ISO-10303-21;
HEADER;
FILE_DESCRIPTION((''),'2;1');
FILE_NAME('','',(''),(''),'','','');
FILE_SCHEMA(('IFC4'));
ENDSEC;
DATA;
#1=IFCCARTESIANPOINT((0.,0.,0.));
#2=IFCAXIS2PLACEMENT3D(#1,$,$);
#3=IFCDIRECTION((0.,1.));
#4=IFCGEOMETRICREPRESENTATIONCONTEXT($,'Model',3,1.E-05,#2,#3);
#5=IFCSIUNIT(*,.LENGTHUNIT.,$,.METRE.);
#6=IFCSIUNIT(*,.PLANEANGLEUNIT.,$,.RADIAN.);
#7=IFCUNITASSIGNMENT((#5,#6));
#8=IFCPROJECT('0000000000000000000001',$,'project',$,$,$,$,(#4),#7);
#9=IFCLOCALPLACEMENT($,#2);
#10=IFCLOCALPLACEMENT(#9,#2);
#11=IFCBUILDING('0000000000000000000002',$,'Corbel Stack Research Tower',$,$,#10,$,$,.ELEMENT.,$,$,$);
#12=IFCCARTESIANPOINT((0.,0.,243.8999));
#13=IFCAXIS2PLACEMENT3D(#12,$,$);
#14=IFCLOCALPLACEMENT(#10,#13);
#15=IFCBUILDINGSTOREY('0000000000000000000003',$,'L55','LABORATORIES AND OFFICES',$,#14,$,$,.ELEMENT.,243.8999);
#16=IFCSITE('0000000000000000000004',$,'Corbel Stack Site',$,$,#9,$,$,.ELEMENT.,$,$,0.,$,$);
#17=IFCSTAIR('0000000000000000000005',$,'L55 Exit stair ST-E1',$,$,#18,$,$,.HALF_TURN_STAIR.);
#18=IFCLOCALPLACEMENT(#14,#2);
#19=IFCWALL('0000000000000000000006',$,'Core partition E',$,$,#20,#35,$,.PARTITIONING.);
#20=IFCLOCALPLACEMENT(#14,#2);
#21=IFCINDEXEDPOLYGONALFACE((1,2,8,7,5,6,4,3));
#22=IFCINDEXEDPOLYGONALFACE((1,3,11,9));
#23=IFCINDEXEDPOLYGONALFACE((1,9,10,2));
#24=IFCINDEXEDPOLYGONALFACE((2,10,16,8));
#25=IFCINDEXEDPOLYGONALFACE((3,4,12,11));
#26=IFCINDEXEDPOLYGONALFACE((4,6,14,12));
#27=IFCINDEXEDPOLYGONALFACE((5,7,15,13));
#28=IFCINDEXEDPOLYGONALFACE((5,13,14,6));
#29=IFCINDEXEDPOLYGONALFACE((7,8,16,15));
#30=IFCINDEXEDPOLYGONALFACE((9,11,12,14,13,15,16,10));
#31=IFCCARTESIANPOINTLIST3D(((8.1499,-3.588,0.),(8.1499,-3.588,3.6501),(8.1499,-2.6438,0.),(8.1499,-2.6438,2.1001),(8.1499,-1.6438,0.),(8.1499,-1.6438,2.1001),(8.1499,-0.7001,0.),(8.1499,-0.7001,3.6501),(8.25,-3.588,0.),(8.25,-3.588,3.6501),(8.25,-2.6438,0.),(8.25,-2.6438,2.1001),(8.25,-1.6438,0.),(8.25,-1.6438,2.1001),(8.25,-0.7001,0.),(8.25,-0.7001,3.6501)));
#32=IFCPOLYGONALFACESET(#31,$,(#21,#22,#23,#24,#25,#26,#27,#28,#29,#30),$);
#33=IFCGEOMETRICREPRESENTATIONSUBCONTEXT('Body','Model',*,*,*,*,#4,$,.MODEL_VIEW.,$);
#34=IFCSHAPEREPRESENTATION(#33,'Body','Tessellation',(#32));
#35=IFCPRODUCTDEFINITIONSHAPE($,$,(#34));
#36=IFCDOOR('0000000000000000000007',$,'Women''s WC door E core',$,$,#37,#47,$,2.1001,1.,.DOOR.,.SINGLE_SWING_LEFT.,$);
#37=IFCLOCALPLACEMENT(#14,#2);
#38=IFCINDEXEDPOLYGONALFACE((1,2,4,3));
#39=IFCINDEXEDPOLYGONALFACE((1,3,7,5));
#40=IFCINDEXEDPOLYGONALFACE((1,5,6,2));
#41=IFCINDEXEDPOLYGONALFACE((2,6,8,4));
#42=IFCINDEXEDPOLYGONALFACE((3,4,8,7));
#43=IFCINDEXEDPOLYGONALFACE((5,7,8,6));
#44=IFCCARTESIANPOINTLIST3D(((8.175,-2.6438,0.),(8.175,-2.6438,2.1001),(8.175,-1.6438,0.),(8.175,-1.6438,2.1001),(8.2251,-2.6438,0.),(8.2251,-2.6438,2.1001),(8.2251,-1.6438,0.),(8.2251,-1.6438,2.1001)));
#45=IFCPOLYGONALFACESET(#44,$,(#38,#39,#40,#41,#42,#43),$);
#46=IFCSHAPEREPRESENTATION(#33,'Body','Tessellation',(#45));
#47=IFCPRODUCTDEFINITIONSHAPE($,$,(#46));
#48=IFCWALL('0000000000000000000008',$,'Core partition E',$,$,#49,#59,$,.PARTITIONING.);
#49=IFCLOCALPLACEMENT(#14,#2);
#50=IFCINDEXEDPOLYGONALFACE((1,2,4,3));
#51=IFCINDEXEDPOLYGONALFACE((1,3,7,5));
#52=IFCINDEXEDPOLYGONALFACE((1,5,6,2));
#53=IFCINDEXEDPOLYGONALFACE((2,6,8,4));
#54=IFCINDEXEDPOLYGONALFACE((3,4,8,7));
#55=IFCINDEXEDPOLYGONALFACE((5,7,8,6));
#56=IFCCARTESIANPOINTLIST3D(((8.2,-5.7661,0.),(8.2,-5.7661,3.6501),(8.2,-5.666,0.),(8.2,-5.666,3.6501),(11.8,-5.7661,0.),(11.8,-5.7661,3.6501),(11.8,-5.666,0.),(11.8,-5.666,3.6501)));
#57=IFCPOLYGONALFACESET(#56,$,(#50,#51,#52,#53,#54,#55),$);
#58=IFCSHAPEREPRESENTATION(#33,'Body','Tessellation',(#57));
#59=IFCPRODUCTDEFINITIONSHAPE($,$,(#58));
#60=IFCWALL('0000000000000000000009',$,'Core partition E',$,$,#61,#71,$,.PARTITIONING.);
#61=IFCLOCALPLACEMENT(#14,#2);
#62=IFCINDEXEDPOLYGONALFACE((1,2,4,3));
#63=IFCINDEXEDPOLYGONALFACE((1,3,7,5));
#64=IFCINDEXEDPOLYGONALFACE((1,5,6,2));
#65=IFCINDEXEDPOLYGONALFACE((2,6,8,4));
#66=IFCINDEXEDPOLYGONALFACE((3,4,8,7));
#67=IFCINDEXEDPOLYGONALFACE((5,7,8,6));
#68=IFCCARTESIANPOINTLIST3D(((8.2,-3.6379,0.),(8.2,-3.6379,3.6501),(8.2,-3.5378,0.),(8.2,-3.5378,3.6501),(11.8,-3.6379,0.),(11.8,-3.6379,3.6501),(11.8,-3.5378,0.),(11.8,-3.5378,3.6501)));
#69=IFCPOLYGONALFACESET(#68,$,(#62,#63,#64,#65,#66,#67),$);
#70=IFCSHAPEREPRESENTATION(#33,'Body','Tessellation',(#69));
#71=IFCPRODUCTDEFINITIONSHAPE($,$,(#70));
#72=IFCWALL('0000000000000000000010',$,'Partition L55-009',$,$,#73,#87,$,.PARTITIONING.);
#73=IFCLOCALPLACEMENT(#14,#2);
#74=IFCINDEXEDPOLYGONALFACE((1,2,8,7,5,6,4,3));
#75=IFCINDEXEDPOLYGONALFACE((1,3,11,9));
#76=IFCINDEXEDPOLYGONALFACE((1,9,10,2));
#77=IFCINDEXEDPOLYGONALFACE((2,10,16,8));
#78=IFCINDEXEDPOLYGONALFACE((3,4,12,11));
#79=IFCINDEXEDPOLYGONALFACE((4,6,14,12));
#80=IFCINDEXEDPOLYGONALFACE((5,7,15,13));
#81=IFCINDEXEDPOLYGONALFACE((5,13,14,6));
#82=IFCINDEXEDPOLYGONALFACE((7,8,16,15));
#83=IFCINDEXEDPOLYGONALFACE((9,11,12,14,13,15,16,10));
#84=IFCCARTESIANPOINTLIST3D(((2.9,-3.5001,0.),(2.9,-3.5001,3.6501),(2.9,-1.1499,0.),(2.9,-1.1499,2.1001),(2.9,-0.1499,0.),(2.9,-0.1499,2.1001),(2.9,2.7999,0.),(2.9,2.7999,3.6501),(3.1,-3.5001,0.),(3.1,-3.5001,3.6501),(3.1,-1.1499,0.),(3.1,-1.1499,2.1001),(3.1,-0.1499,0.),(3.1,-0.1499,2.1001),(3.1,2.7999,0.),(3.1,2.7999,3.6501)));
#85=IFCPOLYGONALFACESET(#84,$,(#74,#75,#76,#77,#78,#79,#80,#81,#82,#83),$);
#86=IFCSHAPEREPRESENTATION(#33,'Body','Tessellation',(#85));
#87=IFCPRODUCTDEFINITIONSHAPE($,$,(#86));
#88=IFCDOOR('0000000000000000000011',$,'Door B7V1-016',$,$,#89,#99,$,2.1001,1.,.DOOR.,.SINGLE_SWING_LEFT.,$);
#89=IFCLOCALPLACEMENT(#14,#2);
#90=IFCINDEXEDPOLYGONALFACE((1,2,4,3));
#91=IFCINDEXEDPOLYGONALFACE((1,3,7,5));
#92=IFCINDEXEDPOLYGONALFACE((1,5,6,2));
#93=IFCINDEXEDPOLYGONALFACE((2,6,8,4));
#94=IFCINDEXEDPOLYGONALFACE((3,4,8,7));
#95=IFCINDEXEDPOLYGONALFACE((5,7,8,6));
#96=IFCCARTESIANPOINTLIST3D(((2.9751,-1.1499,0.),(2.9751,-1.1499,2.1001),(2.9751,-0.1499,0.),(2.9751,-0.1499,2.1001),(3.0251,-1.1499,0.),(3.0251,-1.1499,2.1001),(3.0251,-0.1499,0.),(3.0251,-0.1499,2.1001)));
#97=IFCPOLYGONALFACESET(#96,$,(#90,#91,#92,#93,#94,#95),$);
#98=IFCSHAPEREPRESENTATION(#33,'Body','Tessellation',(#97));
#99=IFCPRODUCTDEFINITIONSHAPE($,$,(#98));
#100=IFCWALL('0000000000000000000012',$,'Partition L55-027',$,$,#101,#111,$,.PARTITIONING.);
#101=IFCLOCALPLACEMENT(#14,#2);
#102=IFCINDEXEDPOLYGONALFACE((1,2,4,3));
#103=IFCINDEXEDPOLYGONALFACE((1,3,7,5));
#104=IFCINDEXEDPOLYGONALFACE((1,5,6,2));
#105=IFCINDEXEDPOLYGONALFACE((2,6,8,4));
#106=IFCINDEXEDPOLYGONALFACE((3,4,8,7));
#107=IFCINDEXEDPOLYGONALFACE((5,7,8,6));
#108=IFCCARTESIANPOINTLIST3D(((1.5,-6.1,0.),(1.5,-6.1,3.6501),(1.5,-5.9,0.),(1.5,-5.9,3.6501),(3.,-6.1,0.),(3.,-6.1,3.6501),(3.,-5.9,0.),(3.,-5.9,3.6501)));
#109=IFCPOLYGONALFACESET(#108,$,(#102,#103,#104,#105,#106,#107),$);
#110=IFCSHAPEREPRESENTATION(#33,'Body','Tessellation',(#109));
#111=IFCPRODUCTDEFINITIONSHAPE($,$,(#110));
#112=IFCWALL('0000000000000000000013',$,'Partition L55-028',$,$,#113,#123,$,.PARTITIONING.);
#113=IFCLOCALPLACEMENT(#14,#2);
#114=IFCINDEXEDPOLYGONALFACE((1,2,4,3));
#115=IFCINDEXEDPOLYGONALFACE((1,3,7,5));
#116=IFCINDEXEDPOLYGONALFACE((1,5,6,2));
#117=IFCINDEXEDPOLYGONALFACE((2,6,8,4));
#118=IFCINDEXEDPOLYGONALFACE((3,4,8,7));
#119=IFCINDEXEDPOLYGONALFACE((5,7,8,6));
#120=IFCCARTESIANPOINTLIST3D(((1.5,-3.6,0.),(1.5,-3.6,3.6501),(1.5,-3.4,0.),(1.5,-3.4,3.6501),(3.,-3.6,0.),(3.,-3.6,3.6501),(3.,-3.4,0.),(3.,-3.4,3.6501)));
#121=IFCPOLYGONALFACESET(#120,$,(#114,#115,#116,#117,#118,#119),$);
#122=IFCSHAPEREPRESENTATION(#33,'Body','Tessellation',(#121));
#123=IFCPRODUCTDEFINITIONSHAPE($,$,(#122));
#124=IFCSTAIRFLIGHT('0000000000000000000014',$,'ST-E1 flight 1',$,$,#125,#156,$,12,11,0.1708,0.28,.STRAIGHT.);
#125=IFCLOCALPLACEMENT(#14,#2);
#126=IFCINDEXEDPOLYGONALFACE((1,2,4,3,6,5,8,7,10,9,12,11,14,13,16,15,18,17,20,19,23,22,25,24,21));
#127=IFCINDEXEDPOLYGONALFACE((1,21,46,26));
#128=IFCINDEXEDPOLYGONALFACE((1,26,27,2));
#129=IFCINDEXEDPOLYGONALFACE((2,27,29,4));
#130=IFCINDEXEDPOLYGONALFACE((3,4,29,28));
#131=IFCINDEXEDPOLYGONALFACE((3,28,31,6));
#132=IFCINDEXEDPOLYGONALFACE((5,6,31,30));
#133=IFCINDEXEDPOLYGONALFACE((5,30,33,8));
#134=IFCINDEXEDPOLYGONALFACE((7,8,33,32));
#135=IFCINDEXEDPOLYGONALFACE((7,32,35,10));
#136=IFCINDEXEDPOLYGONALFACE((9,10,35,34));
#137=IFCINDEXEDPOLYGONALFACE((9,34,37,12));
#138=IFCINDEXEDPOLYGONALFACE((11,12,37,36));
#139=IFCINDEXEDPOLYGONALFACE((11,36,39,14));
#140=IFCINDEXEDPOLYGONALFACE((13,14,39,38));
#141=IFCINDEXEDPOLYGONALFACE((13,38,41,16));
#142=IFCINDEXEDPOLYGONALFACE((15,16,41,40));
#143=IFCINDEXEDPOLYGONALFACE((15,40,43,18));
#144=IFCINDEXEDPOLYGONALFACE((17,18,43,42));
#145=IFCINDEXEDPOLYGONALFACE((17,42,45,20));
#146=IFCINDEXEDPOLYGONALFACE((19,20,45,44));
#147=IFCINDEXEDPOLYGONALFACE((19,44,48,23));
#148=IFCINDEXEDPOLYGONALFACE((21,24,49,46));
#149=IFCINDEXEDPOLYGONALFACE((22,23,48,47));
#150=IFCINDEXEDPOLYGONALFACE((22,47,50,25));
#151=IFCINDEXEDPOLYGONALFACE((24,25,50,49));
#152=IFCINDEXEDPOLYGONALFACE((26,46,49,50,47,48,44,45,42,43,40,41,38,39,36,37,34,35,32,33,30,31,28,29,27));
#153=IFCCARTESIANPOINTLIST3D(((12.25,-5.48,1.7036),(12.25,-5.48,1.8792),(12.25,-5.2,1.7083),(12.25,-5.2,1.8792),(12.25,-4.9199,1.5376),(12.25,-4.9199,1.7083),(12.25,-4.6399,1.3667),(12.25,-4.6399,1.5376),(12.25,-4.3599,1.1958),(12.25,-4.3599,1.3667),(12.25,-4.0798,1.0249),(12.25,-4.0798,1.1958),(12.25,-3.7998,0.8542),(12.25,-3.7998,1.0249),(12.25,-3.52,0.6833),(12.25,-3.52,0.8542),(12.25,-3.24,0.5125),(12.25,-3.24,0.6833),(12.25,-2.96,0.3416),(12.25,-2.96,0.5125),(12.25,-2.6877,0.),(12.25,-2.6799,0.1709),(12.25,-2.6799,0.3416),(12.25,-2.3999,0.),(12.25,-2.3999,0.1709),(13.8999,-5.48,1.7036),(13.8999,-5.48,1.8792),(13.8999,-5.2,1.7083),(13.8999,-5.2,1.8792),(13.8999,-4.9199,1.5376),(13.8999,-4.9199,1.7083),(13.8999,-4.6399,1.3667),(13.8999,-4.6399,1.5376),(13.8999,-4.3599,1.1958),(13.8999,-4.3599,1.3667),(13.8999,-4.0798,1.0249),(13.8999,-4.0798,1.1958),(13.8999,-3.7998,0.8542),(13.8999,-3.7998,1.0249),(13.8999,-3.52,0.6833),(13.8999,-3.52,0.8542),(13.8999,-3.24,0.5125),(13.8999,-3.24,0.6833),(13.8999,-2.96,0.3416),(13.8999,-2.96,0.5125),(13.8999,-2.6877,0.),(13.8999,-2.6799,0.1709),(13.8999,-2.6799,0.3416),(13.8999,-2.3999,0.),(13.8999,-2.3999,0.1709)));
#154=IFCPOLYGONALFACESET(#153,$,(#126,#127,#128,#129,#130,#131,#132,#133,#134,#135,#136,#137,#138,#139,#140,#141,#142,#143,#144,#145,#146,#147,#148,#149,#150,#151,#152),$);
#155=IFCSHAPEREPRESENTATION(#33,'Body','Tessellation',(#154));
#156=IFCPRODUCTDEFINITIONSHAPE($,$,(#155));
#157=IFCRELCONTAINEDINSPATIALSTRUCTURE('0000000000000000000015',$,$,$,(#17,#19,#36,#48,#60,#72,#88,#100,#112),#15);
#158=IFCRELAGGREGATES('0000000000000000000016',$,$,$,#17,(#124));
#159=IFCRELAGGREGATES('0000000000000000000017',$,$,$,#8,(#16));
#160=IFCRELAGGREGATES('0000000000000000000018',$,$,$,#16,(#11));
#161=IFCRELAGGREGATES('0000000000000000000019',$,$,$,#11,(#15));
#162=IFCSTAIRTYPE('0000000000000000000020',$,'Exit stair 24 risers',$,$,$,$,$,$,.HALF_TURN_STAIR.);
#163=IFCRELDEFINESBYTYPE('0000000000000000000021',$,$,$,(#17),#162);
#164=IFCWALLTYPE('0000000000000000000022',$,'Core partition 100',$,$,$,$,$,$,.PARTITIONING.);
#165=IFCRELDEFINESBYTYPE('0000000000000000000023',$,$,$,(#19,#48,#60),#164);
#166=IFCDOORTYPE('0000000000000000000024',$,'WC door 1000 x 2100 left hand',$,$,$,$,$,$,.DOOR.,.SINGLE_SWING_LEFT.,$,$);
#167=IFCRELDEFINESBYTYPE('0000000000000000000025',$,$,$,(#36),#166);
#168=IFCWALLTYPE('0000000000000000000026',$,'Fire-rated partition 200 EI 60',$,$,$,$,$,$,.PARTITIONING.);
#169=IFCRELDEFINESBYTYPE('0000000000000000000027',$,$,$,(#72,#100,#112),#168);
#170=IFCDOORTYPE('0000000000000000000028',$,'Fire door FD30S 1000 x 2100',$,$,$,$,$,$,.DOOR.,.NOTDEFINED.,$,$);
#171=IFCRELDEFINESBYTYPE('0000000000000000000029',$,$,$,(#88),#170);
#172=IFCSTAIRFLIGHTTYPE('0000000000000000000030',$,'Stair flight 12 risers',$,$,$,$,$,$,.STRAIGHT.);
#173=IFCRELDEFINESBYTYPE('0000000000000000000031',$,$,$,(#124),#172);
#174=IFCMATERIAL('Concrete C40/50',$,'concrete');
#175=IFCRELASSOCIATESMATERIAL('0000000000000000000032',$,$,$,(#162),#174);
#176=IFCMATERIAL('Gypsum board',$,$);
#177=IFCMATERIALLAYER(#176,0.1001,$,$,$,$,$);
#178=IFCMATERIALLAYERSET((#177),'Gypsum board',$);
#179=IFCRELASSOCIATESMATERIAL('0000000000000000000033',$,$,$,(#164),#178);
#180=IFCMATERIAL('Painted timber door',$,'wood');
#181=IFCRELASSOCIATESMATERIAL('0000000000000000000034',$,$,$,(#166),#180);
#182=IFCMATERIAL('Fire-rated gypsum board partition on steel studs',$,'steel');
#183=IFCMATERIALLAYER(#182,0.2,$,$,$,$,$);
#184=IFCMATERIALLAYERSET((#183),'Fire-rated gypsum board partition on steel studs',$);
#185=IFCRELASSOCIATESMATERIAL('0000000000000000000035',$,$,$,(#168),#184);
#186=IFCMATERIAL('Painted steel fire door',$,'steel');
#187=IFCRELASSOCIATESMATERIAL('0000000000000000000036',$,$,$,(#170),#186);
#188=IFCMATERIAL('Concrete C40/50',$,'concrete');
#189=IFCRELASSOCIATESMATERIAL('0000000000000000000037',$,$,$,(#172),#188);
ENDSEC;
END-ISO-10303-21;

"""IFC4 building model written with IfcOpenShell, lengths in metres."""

from ifc_helpers import new_model, si_unit, direction, frame, frame_2d, origin, place, context, subcontext, project, spatial, polyline, rectangle, outline, extrude, material, layer, layer_set, type_object, element, fill, aggregate, save


model = new_model("IFC4")

# Units and contexts
model_context = context("Model", 3, precision=1e-05, world=origin(), true_north=direction((0.0, 1.0)))
body_context = subcontext(model_context, "Body", "Model", "MODEL_VIEW")
ifc_project = project(units=[si_unit("LENGTHUNIT", "METRE"), si_unit("PLANEANGLEUNIT", "RADIAN")], contexts=[model_context])

# Site, building, storey
site_placement = place(None, origin())
site = spatial("IfcSite", under=ifc_project, at=site_placement, Name="Corbel Stack Site", CompositionType="ELEMENT", RefElevation=0.0)
building_placement = place(site_placement, origin())
building = spatial("IfcBuilding", under=site, at=building_placement, Name="Corbel Stack Research Tower", CompositionType="ELEMENT")
storey_placement = place(building_placement, frame((0.0, 0.0, 243.8999)))
storey = spatial("IfcBuildingStorey", under=building, at=storey_placement, Name="L55", Description="LABORATORIES AND OFFICES", CompositionType="ELEMENT", Elevation=243.8999)

# Stair
ifc_material_1 = material(Name="Concrete C40/50", Category="concrete")
stair_type = type_object("IfcStairType", Name="Exit stair 24 risers", PredefinedType="HALF_TURN_STAIR", material=ifc_material_1)
stair_1_placement = place(storey_placement, origin())
stair_1 = element("IfcStair", 1, at=stair_1_placement, inside=storey, type_object=stair_type, Name="L55 Exit stair ST-E1", PredefinedType="HALF_TURN_STAIR")

# Wall, opening, door
ifc_material_2 = material(Name="Gypsum board")
ifc_layer_1 = layer(ifc_material_2, 0.1001)
ifc_layer_set_1 = layer_set([ifc_layer_1], Name="Gypsum board")
wall_type_1 = type_object("IfcWallType", Name="Core partition 100", PredefinedType="PARTITIONING", material=ifc_layer_set_1)
wall_1_placement = place(storey_placement, frame((8.2, -3.5879, 0.0), z_axis=(0.0, 0.0, 1.0), x_axis=(0.0, 1.0, 0.0)))
wall_1 = element("IfcWall", 2, at=wall_1_placement, inside=storey, type_object=wall_type_1, Name="Core partition E", PredefinedType="PARTITIONING", context=body_context, shape_type="SweptSolid", body=[
    extrude(rectangle(XDim=2.8879, YDim=0.1001, at=frame_2d((1.4438, 0.0))), origin(), (0.0, 0.0, 1.0), 3.6501),
])
opening_1_placement = place(wall_1_placement, frame((0.9441, 0.0, 0.0)))
opening_1 = element("IfcOpeningElement", 3, at=opening_1_placement, cuts=wall_1, PredefinedType="OPENING", context=body_context, shape_type="SweptSolid", body=[
    extrude(rectangle(XDim=1.0, YDim=2.1001, at=frame_2d((0.5, 1.05))), frame((0.0, 0.0601, 0.0), z_axis=(0.0, -1.0, 0.0), x_axis=(1.0, 0.0, 0.0)), (0.0, 0.0, 1.0), 0.1201),
])
ifc_material_3 = material(Name="Painted timber door", Category="wood")
door_type_1 = type_object("IfcDoorType", Name="WC door 1000 x 2100 left hand", OperationType="SINGLE_SWING_LEFT", PredefinedType="DOOR", material=ifc_material_3)
door_1_placement = place(opening_1_placement, origin())
door_1 = element("IfcDoor", 4, at=door_1_placement, inside=storey, type_object=door_type_1, Name="Women's WC door E core", OperationType="SINGLE_SWING_LEFT", OverallHeight=2.1001, OverallWidth=1.0, PredefinedType="DOOR", context=body_context, shape_type="SweptSolid", body=[
    extrude(rectangle(XDim=1.0, YDim=2.1001, at=frame_2d((0.5, 1.05))), frame((0.0, 0.0249, 0.0), z_axis=(0.0, -1.0, 0.0), x_axis=(1.0, 0.0, 0.0)), (0.0, 0.0, 1.0), 0.05),
])
fill(opening_1, door_1)

# Walls
for number, where, z_axis, x_axis, name in (
    (5, (8.2, -5.7161, 0.0), (0.0, 0.0, 1.0), (1.0, 0.0, 0.0), "Core partition E"),
    (6, (8.2, -3.5879, 0.0), (0.0, 0.0, 1.0), (1.0, 0.0, 0.0), "Core partition E"),
):
    element("IfcWall", number, at=place(storey_placement, frame(where, z_axis=z_axis, x_axis=x_axis)), inside=storey, type_object=wall_type_1, Name=name, PredefinedType="PARTITIONING", context=body_context, shape_type="SweptSolid", body=[
        extrude(rectangle(XDim=3.6001, YDim=0.1001, at=frame_2d((1.8, 0.0))), origin(), (0.0, 0.0, 1.0), 3.6501),
    ])

# Wall, opening, door
ifc_material_4 = material(Name="Fire-rated gypsum board partition on steel studs", Category="steel")
ifc_layer_2 = layer(ifc_material_4, 0.2)
ifc_layer_set_2 = layer_set([ifc_layer_2], Name="Fire-rated gypsum board partition on steel studs")
wall_type_2 = type_object("IfcWallType", Name="Fire-rated partition 200 EI 60", PredefinedType="PARTITIONING", material=ifc_layer_set_2)
wall_2_placement = place(storey_placement, frame((3.0, -3.5, 0.0), z_axis=(0.0, 0.0, 1.0), x_axis=(0.0, 1.0, 0.0)))
wall_2 = element("IfcWall", 7, at=wall_2_placement, inside=storey, type_object=wall_type_2, Name="Partition L55-009", PredefinedType="PARTITIONING", context=body_context, shape_type="SweptSolid", body=[
    extrude(rectangle(XDim=6.3, YDim=0.2, at=frame_2d((3.1499, 0.0))), origin(), (0.0, 0.0, 1.0), 3.6501),
])
opening_2_placement = place(wall_2_placement, frame((2.3501, 0.0, 0.0)))
opening_2 = element("IfcOpeningElement", 8, at=opening_2_placement, cuts=wall_2, PredefinedType="OPENING", context=body_context, shape_type="SweptSolid", body=[
    extrude(rectangle(XDim=1.0, YDim=2.1001, at=frame_2d((0.5, 1.05))), frame((0.0, 0.1099, 0.0), z_axis=(0.0, -1.0, 0.0), x_axis=(1.0, 0.0, 0.0)), (0.0, 0.0, 1.0), 0.22),
])
ifc_material_5 = material(Name="Painted steel fire door", Category="steel")
door_type_2 = type_object("IfcDoorType", Name="Fire door FD30S 1000 x 2100", OperationType="NOTDEFINED", PredefinedType="DOOR", material=ifc_material_5)
door_2_placement = place(opening_2_placement, origin())
door_2 = element("IfcDoor", 9, at=door_2_placement, inside=storey, type_object=door_type_2, Name="Door B7V1-016", OperationType="SINGLE_SWING_LEFT", OverallHeight=2.1001, OverallWidth=1.0, PredefinedType="DOOR", context=body_context, shape_type="SweptSolid", body=[
    extrude(rectangle(XDim=1.0, YDim=2.1001, at=frame_2d((0.5, 1.05))), frame((0.0, 0.0249, 0.0), z_axis=(0.0, -1.0, 0.0), x_axis=(1.0, 0.0, 0.0)), (0.0, 0.0, 1.0), 0.05),
])
fill(opening_2, door_2)

# Walls
for number, where, z_axis, x_axis, name in (
    (10, (1.5, -6.0, 0.0), (0.0, 0.0, 1.0), (1.0, 0.0, 0.0), "Partition L55-027"),
    (11, (1.5, -3.5, 0.0), (0.0, 0.0, 1.0), (1.0, 0.0, 0.0), "Partition L55-028"),
):
    element("IfcWall", number, at=place(storey_placement, frame(where, z_axis=z_axis, x_axis=x_axis)), inside=storey, type_object=wall_type_2, Name=name, PredefinedType="PARTITIONING", context=body_context, shape_type="SweptSolid", body=[
        extrude(rectangle(XDim=1.5, YDim=0.2, at=frame_2d((0.75, 0.0))), origin(), (0.0, 0.0, 1.0), 3.6501),
    ])

# Stair flight
ifc_material_6 = material(Name="Concrete C40/50", Category="concrete")
stair_flight_type = type_object("IfcStairFlightType", Name="Stair flight 12 risers", PredefinedType="STRAIGHT", material=ifc_material_6)
stair_flight_placement = place(storey_placement, frame((13.075, -2.3999, 0.0), z_axis=(0.0, 0.0, 1.0), x_axis=(0.0, -1.0, 0.0)))
stair_flight = element("IfcStairFlight", 12, at=stair_flight_placement, type_object=stair_flight_type, Name="ST-E1 flight 1", NumberOfRisers=12, NumberOfTreads=11, PredefinedType="STRAIGHT", RiserHeight=0.1708, TreadLength=0.28, context=body_context, shape_type="SweptSolid", body=[
    extrude(outline(polyline([(0.0, 0.0), (0.0, 0.1709), (0.28, 0.1709), (0.28, 0.3416), (0.5601, 0.3416), (0.5601, 0.5125), (0.8401, 0.5125), (0.8401, 0.6833), (1.1201, 0.6833), (1.1201, 0.8542), (1.3999, 0.8542), (1.3999, 1.0249), (1.6799, 1.0249), (1.6799, 1.1958), (1.96, 1.1958), (1.96, 1.3667), (2.24, 1.3667), (2.24, 1.5376), (2.52, 1.5376), (2.52, 1.7083), (2.8, 1.7083), (2.8, 1.8792), (3.0801, 1.8792), (3.0801, 2.05), (3.0801, 1.7036), (0.2878, 0.0), (0.0, 0.0)])), frame((0.0, 0.825, 0.0), z_axis=(0.0, -1.0, 0.0), x_axis=(1.0, 0.0, 0.0)), (0.0, 0.0, 1.0), 1.6499),
])
aggregate(stair_1, [stair_flight])

save(model, "model.ifc")
